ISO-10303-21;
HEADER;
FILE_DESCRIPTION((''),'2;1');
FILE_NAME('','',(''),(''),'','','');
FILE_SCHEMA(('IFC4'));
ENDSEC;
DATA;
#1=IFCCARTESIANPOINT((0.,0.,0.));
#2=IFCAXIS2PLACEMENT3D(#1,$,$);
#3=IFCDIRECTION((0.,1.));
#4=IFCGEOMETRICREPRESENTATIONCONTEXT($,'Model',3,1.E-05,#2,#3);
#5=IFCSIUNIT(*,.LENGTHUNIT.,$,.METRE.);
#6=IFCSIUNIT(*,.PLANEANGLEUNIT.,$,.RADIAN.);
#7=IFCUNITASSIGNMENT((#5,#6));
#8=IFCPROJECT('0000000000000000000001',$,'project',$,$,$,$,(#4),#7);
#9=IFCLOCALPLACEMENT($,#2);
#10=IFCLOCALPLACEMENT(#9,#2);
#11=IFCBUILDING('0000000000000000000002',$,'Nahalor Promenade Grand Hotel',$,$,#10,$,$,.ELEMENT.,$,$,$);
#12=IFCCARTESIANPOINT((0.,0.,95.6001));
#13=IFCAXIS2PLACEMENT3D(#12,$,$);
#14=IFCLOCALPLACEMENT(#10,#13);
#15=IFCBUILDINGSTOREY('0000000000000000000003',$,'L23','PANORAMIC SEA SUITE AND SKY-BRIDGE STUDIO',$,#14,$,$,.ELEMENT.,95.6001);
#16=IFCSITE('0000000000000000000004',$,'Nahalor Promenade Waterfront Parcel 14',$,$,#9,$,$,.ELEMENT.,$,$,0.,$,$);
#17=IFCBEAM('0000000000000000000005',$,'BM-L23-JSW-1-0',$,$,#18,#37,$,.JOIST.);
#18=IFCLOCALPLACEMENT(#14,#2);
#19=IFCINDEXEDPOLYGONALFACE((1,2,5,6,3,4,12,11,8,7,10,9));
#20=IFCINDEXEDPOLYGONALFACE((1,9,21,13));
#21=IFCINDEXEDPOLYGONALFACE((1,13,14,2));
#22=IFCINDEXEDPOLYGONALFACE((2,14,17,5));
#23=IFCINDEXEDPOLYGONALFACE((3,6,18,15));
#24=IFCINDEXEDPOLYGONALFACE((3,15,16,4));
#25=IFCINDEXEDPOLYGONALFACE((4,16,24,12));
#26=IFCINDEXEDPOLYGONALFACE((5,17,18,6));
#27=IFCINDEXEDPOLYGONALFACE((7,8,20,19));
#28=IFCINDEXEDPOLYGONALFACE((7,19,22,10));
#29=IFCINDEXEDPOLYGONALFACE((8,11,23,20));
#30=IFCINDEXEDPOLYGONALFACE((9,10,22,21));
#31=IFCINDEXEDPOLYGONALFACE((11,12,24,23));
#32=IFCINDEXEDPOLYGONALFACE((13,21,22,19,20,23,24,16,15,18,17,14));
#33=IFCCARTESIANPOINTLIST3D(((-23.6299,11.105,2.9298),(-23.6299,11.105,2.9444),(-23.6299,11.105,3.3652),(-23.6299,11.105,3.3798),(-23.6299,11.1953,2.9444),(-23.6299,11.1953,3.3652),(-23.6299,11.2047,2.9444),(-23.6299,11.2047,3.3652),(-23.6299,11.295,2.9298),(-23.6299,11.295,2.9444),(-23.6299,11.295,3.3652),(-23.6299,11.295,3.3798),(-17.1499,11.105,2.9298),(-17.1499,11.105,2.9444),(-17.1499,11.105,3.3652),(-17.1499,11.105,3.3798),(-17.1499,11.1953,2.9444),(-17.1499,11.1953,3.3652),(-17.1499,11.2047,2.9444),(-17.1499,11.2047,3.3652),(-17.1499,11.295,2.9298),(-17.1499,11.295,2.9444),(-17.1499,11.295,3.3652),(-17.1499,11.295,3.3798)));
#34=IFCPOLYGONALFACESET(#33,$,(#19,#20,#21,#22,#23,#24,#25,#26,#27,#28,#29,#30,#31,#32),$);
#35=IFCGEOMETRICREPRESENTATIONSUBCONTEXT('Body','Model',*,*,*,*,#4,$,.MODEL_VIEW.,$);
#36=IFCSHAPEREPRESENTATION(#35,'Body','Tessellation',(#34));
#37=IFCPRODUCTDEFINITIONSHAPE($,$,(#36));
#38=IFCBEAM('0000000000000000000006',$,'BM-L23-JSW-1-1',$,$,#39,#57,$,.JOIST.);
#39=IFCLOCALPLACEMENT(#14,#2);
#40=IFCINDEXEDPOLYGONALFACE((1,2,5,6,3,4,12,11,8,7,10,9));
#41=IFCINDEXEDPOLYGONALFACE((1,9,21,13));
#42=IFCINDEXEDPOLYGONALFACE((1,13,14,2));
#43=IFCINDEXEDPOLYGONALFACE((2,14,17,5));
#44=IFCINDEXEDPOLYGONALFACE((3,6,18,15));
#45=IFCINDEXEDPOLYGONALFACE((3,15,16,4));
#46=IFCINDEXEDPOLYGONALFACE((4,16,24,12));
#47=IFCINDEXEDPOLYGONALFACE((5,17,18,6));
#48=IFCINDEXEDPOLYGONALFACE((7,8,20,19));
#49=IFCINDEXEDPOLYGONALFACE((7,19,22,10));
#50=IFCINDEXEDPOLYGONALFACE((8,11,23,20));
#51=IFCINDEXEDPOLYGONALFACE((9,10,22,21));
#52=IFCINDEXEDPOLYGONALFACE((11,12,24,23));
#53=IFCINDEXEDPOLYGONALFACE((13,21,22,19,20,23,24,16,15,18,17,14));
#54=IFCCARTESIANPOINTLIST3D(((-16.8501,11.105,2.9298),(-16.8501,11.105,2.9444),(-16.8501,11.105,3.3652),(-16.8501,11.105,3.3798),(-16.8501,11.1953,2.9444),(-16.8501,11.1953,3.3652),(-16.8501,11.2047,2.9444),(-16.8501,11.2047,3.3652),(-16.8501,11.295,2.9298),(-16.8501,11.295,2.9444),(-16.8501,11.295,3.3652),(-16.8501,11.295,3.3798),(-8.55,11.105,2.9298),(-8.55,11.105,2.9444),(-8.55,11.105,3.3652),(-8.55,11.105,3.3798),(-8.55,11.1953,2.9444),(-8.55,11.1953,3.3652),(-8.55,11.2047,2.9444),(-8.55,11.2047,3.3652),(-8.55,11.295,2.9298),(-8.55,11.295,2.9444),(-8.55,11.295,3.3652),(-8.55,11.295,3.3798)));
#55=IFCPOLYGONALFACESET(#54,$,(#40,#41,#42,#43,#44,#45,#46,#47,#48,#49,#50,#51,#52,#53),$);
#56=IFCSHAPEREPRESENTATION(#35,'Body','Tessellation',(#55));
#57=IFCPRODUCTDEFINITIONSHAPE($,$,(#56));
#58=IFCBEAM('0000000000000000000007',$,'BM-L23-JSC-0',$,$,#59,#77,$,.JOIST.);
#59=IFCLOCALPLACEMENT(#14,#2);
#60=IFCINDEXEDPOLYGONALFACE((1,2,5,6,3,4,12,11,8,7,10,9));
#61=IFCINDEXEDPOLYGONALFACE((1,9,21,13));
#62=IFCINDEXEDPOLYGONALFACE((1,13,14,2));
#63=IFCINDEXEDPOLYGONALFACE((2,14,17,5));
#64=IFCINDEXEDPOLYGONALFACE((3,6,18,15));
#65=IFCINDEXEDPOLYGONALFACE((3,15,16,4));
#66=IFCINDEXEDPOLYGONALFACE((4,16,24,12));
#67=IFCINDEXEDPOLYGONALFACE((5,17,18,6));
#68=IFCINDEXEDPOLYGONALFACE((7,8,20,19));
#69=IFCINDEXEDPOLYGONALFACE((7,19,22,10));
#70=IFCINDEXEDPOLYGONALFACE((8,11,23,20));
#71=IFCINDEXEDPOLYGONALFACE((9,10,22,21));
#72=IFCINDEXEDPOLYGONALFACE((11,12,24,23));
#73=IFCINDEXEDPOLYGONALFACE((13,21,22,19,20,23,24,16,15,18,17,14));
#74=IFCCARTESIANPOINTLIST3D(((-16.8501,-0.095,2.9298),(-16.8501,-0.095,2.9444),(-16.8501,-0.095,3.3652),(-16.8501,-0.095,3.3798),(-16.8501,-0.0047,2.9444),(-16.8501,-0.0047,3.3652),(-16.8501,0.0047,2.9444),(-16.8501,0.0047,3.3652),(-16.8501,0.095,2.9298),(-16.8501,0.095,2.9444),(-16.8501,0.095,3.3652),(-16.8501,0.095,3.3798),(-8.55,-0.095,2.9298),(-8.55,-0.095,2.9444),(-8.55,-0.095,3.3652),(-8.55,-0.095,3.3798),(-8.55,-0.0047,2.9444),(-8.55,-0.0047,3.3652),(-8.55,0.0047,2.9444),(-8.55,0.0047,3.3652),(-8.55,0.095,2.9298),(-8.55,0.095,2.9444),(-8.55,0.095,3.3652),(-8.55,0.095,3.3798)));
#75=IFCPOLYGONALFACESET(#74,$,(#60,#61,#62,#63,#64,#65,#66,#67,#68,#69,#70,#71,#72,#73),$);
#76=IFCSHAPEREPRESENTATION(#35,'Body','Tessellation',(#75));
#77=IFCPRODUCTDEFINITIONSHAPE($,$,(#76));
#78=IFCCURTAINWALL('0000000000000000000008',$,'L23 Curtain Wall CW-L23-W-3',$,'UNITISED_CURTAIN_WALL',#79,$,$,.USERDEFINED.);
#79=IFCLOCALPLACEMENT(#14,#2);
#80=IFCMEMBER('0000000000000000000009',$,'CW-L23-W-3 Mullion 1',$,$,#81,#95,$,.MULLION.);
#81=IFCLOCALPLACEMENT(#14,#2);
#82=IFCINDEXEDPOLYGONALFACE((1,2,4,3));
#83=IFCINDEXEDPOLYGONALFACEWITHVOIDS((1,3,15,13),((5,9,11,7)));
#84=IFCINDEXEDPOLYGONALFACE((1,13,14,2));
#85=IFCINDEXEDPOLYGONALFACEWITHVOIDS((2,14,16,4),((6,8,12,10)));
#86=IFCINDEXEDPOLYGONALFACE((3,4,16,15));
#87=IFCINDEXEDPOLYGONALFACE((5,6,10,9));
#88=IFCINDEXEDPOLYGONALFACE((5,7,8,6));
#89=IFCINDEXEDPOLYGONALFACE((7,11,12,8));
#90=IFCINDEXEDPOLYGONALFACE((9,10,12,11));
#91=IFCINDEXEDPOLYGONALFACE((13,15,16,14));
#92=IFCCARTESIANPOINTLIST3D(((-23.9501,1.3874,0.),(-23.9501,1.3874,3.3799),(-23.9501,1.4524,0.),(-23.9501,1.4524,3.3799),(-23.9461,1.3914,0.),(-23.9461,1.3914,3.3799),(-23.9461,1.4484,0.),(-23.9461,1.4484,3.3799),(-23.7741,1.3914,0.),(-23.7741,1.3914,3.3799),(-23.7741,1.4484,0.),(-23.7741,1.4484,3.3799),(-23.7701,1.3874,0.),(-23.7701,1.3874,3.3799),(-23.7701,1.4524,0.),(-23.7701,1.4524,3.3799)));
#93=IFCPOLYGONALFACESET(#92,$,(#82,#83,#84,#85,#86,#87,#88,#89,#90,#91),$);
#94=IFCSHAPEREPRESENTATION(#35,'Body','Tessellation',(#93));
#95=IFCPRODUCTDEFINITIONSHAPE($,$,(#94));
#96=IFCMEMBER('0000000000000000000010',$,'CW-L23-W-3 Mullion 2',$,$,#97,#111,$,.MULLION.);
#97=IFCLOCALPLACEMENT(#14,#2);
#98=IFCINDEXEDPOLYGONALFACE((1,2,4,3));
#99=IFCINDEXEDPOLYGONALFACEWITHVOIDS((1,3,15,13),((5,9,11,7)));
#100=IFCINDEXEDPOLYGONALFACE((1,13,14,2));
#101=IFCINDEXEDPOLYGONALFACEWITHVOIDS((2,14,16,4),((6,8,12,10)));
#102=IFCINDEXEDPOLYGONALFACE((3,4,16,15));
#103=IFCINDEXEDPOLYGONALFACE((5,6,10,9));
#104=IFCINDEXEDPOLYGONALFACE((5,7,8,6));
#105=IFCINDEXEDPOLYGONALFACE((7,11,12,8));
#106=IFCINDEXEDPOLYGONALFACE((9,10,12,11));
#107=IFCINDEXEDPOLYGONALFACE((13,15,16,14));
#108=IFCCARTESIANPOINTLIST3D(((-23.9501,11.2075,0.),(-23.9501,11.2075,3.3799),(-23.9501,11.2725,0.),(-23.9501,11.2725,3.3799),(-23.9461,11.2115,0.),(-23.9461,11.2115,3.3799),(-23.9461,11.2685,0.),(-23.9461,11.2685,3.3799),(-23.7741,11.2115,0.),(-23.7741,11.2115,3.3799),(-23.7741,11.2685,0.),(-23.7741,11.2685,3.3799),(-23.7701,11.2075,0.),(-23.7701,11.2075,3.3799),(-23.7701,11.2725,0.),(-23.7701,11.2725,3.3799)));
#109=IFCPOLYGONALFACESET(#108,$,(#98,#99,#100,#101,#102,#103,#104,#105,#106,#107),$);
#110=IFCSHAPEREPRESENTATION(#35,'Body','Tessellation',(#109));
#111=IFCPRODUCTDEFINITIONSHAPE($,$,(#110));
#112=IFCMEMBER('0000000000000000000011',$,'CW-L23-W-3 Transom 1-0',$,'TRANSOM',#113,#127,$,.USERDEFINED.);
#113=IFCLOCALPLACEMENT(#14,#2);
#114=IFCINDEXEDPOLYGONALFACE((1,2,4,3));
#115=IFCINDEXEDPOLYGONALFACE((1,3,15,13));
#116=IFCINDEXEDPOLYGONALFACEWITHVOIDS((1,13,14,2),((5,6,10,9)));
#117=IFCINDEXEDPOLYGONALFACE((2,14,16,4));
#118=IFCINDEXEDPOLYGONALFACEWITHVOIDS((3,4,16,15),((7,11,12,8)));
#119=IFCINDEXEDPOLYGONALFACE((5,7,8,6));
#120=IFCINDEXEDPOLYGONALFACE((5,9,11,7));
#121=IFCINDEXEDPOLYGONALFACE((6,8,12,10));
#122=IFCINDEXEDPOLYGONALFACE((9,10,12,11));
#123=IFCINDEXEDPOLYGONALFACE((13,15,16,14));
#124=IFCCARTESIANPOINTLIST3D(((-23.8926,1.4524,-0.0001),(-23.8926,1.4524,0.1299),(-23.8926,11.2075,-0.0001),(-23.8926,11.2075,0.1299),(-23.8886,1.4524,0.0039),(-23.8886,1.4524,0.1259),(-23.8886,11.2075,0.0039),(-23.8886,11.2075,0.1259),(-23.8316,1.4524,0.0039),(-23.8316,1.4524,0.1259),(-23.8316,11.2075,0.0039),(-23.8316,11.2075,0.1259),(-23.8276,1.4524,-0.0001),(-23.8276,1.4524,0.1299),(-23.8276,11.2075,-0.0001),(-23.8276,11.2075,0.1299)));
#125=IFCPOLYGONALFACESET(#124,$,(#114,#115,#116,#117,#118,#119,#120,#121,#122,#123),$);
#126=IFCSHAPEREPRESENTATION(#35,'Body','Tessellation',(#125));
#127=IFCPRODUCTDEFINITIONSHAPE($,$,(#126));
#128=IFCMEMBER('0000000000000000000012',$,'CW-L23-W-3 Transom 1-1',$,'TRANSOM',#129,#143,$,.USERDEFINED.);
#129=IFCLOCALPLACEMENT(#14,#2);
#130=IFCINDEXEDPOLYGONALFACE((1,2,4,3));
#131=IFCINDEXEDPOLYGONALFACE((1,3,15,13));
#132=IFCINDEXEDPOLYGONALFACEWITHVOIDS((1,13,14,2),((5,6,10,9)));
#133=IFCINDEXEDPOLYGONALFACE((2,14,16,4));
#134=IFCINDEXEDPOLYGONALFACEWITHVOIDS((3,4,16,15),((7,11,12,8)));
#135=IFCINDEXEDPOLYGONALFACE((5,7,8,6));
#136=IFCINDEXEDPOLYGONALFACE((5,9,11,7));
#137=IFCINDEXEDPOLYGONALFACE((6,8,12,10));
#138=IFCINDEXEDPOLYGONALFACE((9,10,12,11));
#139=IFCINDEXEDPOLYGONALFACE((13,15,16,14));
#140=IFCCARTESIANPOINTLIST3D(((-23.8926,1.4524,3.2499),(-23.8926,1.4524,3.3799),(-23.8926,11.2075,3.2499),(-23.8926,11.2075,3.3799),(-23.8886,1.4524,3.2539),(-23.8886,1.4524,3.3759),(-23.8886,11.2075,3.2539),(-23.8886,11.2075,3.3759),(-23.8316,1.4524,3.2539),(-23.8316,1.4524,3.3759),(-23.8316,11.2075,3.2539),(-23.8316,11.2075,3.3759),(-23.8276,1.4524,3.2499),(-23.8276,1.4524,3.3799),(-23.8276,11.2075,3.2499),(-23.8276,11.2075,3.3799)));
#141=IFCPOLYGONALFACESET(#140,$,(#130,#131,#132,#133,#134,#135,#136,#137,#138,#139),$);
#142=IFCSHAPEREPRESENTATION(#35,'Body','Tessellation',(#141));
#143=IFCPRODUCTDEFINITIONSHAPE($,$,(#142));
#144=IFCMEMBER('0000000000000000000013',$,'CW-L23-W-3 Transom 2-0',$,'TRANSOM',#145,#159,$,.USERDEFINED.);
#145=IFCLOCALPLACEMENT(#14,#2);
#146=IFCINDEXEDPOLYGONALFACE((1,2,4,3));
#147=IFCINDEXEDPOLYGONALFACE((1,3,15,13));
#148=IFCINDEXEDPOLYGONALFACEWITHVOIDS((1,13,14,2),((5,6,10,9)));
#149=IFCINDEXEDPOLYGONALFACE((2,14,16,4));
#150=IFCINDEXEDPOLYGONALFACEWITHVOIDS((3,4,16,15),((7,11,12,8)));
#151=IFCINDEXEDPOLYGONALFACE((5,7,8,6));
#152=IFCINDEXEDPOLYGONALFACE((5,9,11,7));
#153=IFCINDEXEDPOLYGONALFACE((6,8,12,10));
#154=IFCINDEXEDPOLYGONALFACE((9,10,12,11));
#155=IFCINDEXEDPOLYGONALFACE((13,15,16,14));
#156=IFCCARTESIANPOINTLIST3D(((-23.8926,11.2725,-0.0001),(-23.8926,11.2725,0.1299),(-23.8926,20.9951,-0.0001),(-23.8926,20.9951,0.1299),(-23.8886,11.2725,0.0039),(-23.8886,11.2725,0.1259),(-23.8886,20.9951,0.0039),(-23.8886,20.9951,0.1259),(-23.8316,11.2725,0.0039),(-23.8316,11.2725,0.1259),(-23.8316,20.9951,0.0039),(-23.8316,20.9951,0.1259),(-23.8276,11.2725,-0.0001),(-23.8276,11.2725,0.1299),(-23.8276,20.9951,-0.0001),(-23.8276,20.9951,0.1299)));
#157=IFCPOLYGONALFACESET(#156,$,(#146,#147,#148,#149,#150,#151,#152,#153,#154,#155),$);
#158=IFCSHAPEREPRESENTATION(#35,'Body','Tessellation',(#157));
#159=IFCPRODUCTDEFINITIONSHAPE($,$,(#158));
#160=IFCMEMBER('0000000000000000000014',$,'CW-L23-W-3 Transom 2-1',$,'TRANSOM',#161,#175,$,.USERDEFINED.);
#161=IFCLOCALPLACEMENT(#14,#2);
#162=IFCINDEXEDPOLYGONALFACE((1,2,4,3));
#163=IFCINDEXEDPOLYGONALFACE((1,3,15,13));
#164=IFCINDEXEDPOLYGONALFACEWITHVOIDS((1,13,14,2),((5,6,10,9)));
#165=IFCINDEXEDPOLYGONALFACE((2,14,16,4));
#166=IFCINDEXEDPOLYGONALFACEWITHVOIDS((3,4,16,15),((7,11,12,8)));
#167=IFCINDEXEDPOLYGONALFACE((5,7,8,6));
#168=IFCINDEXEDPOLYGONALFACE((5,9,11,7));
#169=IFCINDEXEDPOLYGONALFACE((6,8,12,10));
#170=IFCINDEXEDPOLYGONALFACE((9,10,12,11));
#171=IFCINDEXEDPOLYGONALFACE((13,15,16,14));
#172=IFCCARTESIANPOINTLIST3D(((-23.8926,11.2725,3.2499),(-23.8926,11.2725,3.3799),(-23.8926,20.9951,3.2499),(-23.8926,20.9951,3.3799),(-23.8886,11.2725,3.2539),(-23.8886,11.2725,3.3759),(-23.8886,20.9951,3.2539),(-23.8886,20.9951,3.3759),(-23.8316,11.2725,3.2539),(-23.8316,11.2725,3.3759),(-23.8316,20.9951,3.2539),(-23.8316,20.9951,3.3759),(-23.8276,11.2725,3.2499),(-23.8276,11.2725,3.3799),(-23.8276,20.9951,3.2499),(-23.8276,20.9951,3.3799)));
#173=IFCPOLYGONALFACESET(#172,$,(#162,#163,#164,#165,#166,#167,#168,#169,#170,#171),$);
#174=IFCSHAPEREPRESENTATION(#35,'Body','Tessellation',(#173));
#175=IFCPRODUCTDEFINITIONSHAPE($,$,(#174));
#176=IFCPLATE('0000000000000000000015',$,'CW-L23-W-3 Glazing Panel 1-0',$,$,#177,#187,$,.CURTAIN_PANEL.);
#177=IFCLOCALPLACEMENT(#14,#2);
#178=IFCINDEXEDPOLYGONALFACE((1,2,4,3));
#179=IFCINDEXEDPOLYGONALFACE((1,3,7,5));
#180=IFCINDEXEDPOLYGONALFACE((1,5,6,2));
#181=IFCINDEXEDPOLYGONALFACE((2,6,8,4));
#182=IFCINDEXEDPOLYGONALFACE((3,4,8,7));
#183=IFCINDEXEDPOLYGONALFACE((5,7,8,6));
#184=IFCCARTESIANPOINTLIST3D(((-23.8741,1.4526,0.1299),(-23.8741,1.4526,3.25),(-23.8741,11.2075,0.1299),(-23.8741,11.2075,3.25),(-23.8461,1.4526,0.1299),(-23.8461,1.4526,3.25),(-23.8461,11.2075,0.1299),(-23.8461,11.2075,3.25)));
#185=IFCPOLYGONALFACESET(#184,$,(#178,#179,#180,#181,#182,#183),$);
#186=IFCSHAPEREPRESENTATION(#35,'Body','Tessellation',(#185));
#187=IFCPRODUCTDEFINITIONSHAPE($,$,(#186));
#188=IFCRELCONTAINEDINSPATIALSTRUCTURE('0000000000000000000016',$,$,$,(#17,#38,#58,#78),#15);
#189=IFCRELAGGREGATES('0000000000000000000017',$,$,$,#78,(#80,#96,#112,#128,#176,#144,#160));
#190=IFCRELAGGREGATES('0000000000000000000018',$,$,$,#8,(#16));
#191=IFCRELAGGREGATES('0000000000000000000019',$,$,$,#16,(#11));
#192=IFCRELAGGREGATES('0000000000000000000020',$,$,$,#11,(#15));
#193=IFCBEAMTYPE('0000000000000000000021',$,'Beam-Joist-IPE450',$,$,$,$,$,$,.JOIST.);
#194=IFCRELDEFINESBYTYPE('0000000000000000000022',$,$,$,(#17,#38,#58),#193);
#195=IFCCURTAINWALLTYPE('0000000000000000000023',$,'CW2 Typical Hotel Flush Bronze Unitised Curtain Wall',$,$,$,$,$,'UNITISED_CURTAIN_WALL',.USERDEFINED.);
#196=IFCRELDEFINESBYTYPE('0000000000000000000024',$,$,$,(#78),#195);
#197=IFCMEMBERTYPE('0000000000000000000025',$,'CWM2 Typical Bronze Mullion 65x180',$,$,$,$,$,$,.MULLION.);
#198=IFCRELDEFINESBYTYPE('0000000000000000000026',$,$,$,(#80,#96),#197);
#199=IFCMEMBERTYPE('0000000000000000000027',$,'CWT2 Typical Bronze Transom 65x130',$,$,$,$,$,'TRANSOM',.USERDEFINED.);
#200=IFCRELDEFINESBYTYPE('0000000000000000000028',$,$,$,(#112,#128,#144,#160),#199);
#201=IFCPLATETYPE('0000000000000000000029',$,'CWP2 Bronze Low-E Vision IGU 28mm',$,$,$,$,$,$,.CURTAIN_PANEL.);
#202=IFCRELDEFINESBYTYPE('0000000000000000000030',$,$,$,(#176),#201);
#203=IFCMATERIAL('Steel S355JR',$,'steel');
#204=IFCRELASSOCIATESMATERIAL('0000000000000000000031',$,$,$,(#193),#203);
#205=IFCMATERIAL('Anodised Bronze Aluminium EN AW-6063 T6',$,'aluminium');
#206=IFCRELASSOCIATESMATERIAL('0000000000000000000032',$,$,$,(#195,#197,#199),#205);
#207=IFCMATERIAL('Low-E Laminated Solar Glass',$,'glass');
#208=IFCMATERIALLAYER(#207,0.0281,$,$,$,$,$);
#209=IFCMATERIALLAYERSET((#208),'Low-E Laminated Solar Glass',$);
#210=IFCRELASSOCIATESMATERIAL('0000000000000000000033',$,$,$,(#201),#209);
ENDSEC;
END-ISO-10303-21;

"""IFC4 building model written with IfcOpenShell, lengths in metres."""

from ifc_helpers import new_model, si_unit, direction, frame, origin, origin_2d, place, context, subcontext, project, spatial, rectangle, hollow_rectangle, i_section, extrude, source, transform, mapped, material, layer, layer_set, material_profile, profile_set, type_object, element, aggregate, save


model = new_model("IFC4")

# Units and contexts
model_context = context("Model", 3, precision=1e-05, world=origin(), true_north=direction((0.0, 1.0)))
body_context = subcontext(model_context, "Body", "Model", "MODEL_VIEW")
ifc_project = project(units=[si_unit("LENGTHUNIT", "METRE"), si_unit("PLANEANGLEUNIT", "RADIAN")], contexts=[model_context])

# Site, building, storey
site_placement = place(None, origin())
site = spatial("IfcSite", under=ifc_project, at=site_placement, Name="Nahalor Promenade Waterfront Parcel 14", CompositionType="ELEMENT", RefElevation=0.0)
building_placement = place(site_placement, origin())
building = spatial("IfcBuilding", under=site, at=building_placement, Name="Nahalor Promenade Grand Hotel", CompositionType="ELEMENT")
storey_placement = place(building_placement, frame((0.0, 0.0, 95.6001)))
storey = spatial("IfcBuildingStorey", under=building, at=storey_placement, Name="L23", Description="PANORAMIC SEA SUITE AND SKY-BRIDGE STUDIO", CompositionType="ELEMENT", Elevation=95.6001)

# Beams
ifc_material_1 = material(Name="Steel S355JR", Category="steel")
ifc_material_profile_1 = material_profile(ifc_material_1, i_section(OverallWidth=0.19, OverallDepth=0.45, WebThickness=0.0094, FlangeThickness=0.0146, at=origin_2d()), Name="IPE 450")
ifc_profile_set_1 = profile_set([ifc_material_profile_1], Name="Steel S355JR")
beam_type_1 = type_object("IfcBeamType", Name="Beam-Joist-IPE450", PredefinedType="JOIST", material=ifc_profile_set_1)
shared_shape_1 = source(origin(), body_context, "Body", "SweptSolid", [
    extrude(i_section(OverallWidth=0.19, OverallDepth=0.45, WebThickness=0.0094, FlangeThickness=0.0146, at=origin_2d()), origin(), (0.0, 0.0, 1.0), 6.48),
])
beam_1_placement = place(storey_placement, frame((-23.6299, 11.2, 3.1548), z_axis=(1.0, 0.0, 0.0), x_axis=(0.0, 1.0, 0.0)))
element("IfcBeam", 1, at=beam_1_placement, inside=storey, type_object=beam_type_1, Name="BM-L23-JSW-1-0", PredefinedType="JOIST", context=body_context, shape_type="MappedRepresentation", body=[
    mapped(shared_shape_1, transform((0.0, 0.0, 0.0), scale=1.0)),
])
shared_shape_2 = source(origin(), body_context, "Body", "SweptSolid", [
    extrude(i_section(OverallWidth=0.19, OverallDepth=0.45, WebThickness=0.0094, FlangeThickness=0.0146, at=origin_2d()), origin(), (0.0, 0.0, 1.0), 8.3),
])
for number, where, z_axis, x_axis, name in (
    (2, (-16.8501, 11.2, 3.1548), (1.0, 0.0, 0.0), (0.0, 1.0, 0.0), "BM-L23-JSW-1-1"),
    (3, (-16.8501, 0.0, 3.1548), (1.0, 0.0, 0.0), (0.0, 1.0, 0.0), "BM-L23-JSC-0"),
):
    element("IfcBeam", number, at=place(storey_placement, frame(where, z_axis=z_axis, x_axis=x_axis)), inside=storey, type_object=beam_type_1, Name=name, PredefinedType="JOIST", context=body_context, shape_type="MappedRepresentation", body=[
        mapped(shared_shape_2, transform((0.0, 0.0, 0.0), scale=1.0)),
    ])

# Curtain wall, members, plate
ifc_material_2 = material(Name="Anodised Bronze Aluminium EN AW-6063 T6", Category="aluminium")
curtain_wall_type = type_object("IfcCurtainWallType", Name="CW2 Typical Hotel Flush Bronze Unitised Curtain Wall", ElementType="UNITISED_CURTAIN_WALL", PredefinedType="USERDEFINED", material=ifc_material_2)
curtain_wall_placement = place(storey_placement, origin())
curtain_wall = element("IfcCurtainWall", 4, at=curtain_wall_placement, inside=storey, type_object=curtain_wall_type, Name="L23 Curtain Wall CW-L23-W-3", ObjectType="UNITISED_CURTAIN_WALL", PredefinedType="USERDEFINED")
ifc_material_profile_2 = material_profile(ifc_material_2, hollow_rectangle(XDim=0.065, YDim=0.18, WallThickness=0.004, at=origin_2d()), Name="CWM 65x180x4")
ifc_profile_set_2 = profile_set([ifc_material_profile_2], Name="Anodised Bronze Aluminium EN AW-6063 T6")
member_type_1 = type_object("IfcMemberType", Name="CWM2 Typical Bronze Mullion 65x180", PredefinedType="MULLION", material=ifc_profile_set_2)
shared_shape_3 = source(origin(), body_context, "Body", "SweptSolid", [
    extrude(hollow_rectangle(XDim=0.065, YDim=0.18, WallThickness=0.004, at=origin_2d()), origin(), (0.0, 0.0, 1.0), 3.3799),
])
member_1_placement = place(storey_placement, frame((-23.8601, 1.4199, 0.0), z_axis=(0.0, 0.0, 1.0), x_axis=(0.0, 1.0, 0.0)))
member_1 = element("IfcMember", 5, at=member_1_placement, type_object=member_type_1, Name="CW-L23-W-3 Mullion 1", PredefinedType="MULLION", context=body_context, shape_type="MappedRepresentation", body=[
    mapped(shared_shape_3, transform((0.0, 0.0, 0.0), scale=1.0)),
])
member_2_placement = place(storey_placement, frame((-23.8601, 11.24, 0.0), z_axis=(0.0, 0.0, 1.0), x_axis=(0.0, 1.0, 0.0)))
member_2 = element("IfcMember", 6, at=member_2_placement, type_object=member_type_1, Name="CW-L23-W-3 Mullion 2", PredefinedType="MULLION", context=body_context, shape_type="MappedRepresentation", body=[
    mapped(shared_shape_3, transform((0.0, 0.0, 0.0), scale=1.0)),
])
ifc_material_profile_3 = material_profile(ifc_material_2, hollow_rectangle(XDim=0.065, YDim=0.13, WallThickness=0.004, at=origin_2d()), Name="CWT 65x130x4")
ifc_profile_set_3 = profile_set([ifc_material_profile_3], Name="Anodised Bronze Aluminium EN AW-6063 T6")
member_type_2 = type_object("IfcMemberType", Name="CWT2 Typical Bronze Transom 65x130", ElementType="TRANSOM", PredefinedType="USERDEFINED", material=ifc_profile_set_3)
shared_shape_4 = source(origin(), body_context, "Body", "SweptSolid", [
    extrude(hollow_rectangle(XDim=0.065, YDim=0.13, WallThickness=0.004, at=origin_2d()), origin(), (0.0, 0.0, 1.0), 9.7551),
])
member_3_placement = place(storey_placement, frame((-23.8601, 1.4524, 0.0649), z_axis=(0.0, 1.0, 0.0), x_axis=(-1.0, 0.0, 0.0)))
member_3 = element("IfcMember", 7, at=member_3_placement, type_object=member_type_2, Name="CW-L23-W-3 Transom 1-0", ObjectType="TRANSOM", PredefinedType="USERDEFINED", context=body_context, shape_type="MappedRepresentation", body=[
    mapped(shared_shape_4, transform((0.0, 0.0, 0.0), scale=1.0)),
])
member_4_placement = place(storey_placement, frame((-23.8601, 1.4524, 3.3149), z_axis=(0.0, 1.0, 0.0), x_axis=(-1.0, 0.0, 0.0)))
member_4 = element("IfcMember", 8, at=member_4_placement, type_object=member_type_2, Name="CW-L23-W-3 Transom 1-1", ObjectType="TRANSOM", PredefinedType="USERDEFINED", context=body_context, shape_type="MappedRepresentation", body=[
    mapped(shared_shape_4, transform((0.0, 0.0, 0.0), scale=1.0)),
])
shared_shape_5 = source(origin(), body_context, "Body", "SweptSolid", [
    extrude(hollow_rectangle(XDim=0.065, YDim=0.13, WallThickness=0.004, at=origin_2d()), origin(), (0.0, 0.0, 1.0), 9.7227),
])
member_5_placement = place(storey_placement, frame((-23.8601, 11.2725, 0.0649), z_axis=(0.0, 1.0, 0.0), x_axis=(-1.0, 0.0, 0.0)))
member_5 = element("IfcMember", 9, at=member_5_placement, type_object=member_type_2, Name="CW-L23-W-3 Transom 2-0", ObjectType="TRANSOM", PredefinedType="USERDEFINED", context=body_context, shape_type="MappedRepresentation", body=[
    mapped(shared_shape_5, transform((0.0, 0.0, 0.0), scale=1.0)),
])
member_6_placement = place(storey_placement, frame((-23.8601, 11.2725, 3.3149), z_axis=(0.0, 1.0, 0.0), x_axis=(-1.0, 0.0, 0.0)))
member_6 = element("IfcMember", 10, at=member_6_placement, type_object=member_type_2, Name="CW-L23-W-3 Transom 2-1", ObjectType="TRANSOM", PredefinedType="USERDEFINED", context=body_context, shape_type="MappedRepresentation", body=[
    mapped(shared_shape_5, transform((0.0, 0.0, 0.0), scale=1.0)),
])
ifc_material_3 = material(Name="Low-E Laminated Solar Glass", Category="glass")
ifc_layer_1 = layer(ifc_material_3, 0.0281)
ifc_layer_set_1 = layer_set([ifc_layer_1], Name="Low-E Laminated Solar Glass")
plate_type = type_object("IfcPlateType", Name="CWP2 Bronze Low-E Vision IGU 28mm", PredefinedType="CURTAIN_PANEL", material=ifc_layer_set_1)
shared_shape_6 = source(origin(), body_context, "Body", "SweptSolid", [
    extrude(rectangle(XDim=9.7549, YDim=0.0281, at=origin_2d()), origin(), (0.0, 0.0, 1.0), 3.1201),
])
plate_placement = place(storey_placement, frame((-23.8601, 6.3301, 0.1299), z_axis=(0.0, 0.0, 1.0), x_axis=(0.0, 1.0, 0.0)))
plate = element("IfcPlate", 11, at=plate_placement, type_object=plate_type, Name="CW-L23-W-3 Glazing Panel 1-0", PredefinedType="CURTAIN_PANEL", context=body_context, shape_type="MappedRepresentation", body=[
    mapped(shared_shape_6, transform((0.0, 0.0, 0.0), scale=1.0)),
])
aggregate(curtain_wall, [member_1, member_2, member_3, member_4, plate, member_5, member_6])

save(model, "model.ifc")
